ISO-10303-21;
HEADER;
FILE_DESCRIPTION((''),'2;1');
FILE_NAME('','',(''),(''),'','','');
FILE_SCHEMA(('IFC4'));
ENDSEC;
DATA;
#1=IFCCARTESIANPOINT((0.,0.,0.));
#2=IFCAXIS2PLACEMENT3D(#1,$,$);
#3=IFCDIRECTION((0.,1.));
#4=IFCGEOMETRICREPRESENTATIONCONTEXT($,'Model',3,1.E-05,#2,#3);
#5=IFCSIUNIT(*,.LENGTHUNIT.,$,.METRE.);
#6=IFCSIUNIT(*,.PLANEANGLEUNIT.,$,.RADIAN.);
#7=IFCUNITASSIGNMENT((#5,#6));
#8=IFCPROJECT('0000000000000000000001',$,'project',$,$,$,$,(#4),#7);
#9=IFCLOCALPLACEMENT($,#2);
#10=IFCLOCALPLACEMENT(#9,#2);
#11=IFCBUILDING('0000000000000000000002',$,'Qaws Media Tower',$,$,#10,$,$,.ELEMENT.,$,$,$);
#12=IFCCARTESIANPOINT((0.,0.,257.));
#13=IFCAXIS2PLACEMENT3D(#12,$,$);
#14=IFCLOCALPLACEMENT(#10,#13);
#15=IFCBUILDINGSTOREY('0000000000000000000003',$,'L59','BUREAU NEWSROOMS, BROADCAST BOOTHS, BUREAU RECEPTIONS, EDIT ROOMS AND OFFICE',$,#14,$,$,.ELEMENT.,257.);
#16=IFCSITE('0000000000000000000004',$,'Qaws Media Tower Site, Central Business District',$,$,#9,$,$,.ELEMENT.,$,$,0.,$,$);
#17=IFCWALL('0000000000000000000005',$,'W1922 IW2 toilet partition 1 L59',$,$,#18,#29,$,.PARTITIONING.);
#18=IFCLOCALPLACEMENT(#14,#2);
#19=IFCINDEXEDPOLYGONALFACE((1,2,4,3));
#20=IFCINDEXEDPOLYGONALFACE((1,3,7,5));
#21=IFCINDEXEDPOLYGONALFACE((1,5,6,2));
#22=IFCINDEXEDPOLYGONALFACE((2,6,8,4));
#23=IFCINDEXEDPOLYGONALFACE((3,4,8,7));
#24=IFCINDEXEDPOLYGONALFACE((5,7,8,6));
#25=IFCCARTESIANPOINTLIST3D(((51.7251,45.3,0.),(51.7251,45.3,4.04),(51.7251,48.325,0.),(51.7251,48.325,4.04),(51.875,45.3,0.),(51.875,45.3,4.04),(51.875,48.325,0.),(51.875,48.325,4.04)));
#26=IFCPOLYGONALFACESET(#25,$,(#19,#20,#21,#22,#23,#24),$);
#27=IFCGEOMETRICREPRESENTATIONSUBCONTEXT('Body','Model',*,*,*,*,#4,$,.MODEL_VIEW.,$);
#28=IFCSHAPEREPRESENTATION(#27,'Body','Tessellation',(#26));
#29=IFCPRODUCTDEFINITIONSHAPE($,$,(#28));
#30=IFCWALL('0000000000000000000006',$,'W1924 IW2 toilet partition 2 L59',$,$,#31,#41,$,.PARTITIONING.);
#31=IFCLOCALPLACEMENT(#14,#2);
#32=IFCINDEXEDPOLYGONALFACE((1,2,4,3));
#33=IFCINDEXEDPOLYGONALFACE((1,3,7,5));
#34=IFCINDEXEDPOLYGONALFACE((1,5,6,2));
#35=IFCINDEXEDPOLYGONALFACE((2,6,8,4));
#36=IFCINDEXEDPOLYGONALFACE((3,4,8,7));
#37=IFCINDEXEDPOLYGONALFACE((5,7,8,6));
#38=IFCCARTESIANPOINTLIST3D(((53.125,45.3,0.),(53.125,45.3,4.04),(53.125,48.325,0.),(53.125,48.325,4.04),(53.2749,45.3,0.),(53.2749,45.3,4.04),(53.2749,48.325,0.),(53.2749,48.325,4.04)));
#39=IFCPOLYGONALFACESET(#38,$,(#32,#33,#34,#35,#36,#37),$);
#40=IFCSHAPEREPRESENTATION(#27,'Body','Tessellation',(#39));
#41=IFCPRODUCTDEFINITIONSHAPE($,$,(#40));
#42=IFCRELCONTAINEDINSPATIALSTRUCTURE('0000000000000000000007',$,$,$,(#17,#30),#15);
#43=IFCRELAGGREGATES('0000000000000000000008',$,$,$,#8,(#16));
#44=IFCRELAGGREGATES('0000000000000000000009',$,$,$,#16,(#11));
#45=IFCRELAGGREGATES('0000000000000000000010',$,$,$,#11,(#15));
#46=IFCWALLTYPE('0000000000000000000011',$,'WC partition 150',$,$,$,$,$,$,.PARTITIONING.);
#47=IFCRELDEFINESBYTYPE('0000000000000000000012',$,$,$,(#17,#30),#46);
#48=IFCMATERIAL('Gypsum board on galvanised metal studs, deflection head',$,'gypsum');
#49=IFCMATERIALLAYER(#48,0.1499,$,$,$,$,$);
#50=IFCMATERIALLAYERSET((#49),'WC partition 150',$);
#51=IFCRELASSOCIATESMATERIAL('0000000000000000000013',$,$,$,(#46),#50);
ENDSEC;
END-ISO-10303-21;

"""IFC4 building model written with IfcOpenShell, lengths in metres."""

from ifc_helpers import new_model, si_unit, direction, frame, frame_2d, origin, place, context, subcontext, project, spatial, rectangle, extrude, material, layer, layer_set, type_object, element, save


model = new_model("IFC4")

# Units and contexts
model_context = context("Model", 3, precision=1e-05, world=origin(), true_north=direction((0.0, 1.0)))
body_context = subcontext(model_context, "Body", "Model", "MODEL_VIEW")
ifc_project = project(units=[si_unit("LENGTHUNIT", "METRE"), si_unit("PLANEANGLEUNIT", "RADIAN")], contexts=[model_context])

# Site, building, storey
site_placement = place(None, origin())
site = spatial("IfcSite", under=ifc_project, at=site_placement, Name="Qaws Media Tower Site, Central Business District", CompositionType="ELEMENT", RefElevation=0.0)
building_placement = place(site_placement, origin())
building = spatial("IfcBuilding", under=site, at=building_placement, Name="Qaws Media Tower", CompositionType="ELEMENT")
storey_placement = place(building_placement, frame((0.0, 0.0, 257.0)))
storey = spatial("IfcBuildingStorey", under=building, at=storey_placement, Name="L59", Description="BUREAU NEWSROOMS, BROADCAST BOOTHS, BUREAU RECEPTIONS, EDIT ROOMS AND OFFICE", CompositionType="ELEMENT", Elevation=257.0)

# Walls
ifc_material_1 = material(Name="Gypsum board on galvanised metal studs, deflection head", Category="gypsum")
ifc_layer_1 = layer(ifc_material_1, 0.1499)
ifc_layer_set_1 = layer_set([ifc_layer_1], Name="WC partition 150")
wall_type_1 = type_object("IfcWallType", Name="WC partition 150", PredefinedType="PARTITIONING", material=ifc_layer_set_1)
for number, where, z_axis, x_axis, name in (
    (1, (51.8, 45.3, 0.0), (0.0, 0.0, 1.0), (0.0, 1.0, 0.0), "W1922 IW2 toilet partition 1 L59"),
    (2, (53.2, 45.3, 0.0), (0.0, 0.0, 1.0), (0.0, 1.0, 0.0), "W1924 IW2 toilet partition 2 L59"),
):
    element("IfcWall", number, at=place(storey_placement, frame(where, z_axis=z_axis, x_axis=x_axis)), inside=storey, type_object=wall_type_1, Name=name, PredefinedType="PARTITIONING", context=body_context, shape_type="SweptSolid", body=[
        extrude(rectangle(XDim=3.0249, YDim=0.1499, at=frame_2d((1.5125, 0.0))), origin(), (0.0, 0.0, 1.0), 4.04),
    ])

save(model, "model.ifc")
